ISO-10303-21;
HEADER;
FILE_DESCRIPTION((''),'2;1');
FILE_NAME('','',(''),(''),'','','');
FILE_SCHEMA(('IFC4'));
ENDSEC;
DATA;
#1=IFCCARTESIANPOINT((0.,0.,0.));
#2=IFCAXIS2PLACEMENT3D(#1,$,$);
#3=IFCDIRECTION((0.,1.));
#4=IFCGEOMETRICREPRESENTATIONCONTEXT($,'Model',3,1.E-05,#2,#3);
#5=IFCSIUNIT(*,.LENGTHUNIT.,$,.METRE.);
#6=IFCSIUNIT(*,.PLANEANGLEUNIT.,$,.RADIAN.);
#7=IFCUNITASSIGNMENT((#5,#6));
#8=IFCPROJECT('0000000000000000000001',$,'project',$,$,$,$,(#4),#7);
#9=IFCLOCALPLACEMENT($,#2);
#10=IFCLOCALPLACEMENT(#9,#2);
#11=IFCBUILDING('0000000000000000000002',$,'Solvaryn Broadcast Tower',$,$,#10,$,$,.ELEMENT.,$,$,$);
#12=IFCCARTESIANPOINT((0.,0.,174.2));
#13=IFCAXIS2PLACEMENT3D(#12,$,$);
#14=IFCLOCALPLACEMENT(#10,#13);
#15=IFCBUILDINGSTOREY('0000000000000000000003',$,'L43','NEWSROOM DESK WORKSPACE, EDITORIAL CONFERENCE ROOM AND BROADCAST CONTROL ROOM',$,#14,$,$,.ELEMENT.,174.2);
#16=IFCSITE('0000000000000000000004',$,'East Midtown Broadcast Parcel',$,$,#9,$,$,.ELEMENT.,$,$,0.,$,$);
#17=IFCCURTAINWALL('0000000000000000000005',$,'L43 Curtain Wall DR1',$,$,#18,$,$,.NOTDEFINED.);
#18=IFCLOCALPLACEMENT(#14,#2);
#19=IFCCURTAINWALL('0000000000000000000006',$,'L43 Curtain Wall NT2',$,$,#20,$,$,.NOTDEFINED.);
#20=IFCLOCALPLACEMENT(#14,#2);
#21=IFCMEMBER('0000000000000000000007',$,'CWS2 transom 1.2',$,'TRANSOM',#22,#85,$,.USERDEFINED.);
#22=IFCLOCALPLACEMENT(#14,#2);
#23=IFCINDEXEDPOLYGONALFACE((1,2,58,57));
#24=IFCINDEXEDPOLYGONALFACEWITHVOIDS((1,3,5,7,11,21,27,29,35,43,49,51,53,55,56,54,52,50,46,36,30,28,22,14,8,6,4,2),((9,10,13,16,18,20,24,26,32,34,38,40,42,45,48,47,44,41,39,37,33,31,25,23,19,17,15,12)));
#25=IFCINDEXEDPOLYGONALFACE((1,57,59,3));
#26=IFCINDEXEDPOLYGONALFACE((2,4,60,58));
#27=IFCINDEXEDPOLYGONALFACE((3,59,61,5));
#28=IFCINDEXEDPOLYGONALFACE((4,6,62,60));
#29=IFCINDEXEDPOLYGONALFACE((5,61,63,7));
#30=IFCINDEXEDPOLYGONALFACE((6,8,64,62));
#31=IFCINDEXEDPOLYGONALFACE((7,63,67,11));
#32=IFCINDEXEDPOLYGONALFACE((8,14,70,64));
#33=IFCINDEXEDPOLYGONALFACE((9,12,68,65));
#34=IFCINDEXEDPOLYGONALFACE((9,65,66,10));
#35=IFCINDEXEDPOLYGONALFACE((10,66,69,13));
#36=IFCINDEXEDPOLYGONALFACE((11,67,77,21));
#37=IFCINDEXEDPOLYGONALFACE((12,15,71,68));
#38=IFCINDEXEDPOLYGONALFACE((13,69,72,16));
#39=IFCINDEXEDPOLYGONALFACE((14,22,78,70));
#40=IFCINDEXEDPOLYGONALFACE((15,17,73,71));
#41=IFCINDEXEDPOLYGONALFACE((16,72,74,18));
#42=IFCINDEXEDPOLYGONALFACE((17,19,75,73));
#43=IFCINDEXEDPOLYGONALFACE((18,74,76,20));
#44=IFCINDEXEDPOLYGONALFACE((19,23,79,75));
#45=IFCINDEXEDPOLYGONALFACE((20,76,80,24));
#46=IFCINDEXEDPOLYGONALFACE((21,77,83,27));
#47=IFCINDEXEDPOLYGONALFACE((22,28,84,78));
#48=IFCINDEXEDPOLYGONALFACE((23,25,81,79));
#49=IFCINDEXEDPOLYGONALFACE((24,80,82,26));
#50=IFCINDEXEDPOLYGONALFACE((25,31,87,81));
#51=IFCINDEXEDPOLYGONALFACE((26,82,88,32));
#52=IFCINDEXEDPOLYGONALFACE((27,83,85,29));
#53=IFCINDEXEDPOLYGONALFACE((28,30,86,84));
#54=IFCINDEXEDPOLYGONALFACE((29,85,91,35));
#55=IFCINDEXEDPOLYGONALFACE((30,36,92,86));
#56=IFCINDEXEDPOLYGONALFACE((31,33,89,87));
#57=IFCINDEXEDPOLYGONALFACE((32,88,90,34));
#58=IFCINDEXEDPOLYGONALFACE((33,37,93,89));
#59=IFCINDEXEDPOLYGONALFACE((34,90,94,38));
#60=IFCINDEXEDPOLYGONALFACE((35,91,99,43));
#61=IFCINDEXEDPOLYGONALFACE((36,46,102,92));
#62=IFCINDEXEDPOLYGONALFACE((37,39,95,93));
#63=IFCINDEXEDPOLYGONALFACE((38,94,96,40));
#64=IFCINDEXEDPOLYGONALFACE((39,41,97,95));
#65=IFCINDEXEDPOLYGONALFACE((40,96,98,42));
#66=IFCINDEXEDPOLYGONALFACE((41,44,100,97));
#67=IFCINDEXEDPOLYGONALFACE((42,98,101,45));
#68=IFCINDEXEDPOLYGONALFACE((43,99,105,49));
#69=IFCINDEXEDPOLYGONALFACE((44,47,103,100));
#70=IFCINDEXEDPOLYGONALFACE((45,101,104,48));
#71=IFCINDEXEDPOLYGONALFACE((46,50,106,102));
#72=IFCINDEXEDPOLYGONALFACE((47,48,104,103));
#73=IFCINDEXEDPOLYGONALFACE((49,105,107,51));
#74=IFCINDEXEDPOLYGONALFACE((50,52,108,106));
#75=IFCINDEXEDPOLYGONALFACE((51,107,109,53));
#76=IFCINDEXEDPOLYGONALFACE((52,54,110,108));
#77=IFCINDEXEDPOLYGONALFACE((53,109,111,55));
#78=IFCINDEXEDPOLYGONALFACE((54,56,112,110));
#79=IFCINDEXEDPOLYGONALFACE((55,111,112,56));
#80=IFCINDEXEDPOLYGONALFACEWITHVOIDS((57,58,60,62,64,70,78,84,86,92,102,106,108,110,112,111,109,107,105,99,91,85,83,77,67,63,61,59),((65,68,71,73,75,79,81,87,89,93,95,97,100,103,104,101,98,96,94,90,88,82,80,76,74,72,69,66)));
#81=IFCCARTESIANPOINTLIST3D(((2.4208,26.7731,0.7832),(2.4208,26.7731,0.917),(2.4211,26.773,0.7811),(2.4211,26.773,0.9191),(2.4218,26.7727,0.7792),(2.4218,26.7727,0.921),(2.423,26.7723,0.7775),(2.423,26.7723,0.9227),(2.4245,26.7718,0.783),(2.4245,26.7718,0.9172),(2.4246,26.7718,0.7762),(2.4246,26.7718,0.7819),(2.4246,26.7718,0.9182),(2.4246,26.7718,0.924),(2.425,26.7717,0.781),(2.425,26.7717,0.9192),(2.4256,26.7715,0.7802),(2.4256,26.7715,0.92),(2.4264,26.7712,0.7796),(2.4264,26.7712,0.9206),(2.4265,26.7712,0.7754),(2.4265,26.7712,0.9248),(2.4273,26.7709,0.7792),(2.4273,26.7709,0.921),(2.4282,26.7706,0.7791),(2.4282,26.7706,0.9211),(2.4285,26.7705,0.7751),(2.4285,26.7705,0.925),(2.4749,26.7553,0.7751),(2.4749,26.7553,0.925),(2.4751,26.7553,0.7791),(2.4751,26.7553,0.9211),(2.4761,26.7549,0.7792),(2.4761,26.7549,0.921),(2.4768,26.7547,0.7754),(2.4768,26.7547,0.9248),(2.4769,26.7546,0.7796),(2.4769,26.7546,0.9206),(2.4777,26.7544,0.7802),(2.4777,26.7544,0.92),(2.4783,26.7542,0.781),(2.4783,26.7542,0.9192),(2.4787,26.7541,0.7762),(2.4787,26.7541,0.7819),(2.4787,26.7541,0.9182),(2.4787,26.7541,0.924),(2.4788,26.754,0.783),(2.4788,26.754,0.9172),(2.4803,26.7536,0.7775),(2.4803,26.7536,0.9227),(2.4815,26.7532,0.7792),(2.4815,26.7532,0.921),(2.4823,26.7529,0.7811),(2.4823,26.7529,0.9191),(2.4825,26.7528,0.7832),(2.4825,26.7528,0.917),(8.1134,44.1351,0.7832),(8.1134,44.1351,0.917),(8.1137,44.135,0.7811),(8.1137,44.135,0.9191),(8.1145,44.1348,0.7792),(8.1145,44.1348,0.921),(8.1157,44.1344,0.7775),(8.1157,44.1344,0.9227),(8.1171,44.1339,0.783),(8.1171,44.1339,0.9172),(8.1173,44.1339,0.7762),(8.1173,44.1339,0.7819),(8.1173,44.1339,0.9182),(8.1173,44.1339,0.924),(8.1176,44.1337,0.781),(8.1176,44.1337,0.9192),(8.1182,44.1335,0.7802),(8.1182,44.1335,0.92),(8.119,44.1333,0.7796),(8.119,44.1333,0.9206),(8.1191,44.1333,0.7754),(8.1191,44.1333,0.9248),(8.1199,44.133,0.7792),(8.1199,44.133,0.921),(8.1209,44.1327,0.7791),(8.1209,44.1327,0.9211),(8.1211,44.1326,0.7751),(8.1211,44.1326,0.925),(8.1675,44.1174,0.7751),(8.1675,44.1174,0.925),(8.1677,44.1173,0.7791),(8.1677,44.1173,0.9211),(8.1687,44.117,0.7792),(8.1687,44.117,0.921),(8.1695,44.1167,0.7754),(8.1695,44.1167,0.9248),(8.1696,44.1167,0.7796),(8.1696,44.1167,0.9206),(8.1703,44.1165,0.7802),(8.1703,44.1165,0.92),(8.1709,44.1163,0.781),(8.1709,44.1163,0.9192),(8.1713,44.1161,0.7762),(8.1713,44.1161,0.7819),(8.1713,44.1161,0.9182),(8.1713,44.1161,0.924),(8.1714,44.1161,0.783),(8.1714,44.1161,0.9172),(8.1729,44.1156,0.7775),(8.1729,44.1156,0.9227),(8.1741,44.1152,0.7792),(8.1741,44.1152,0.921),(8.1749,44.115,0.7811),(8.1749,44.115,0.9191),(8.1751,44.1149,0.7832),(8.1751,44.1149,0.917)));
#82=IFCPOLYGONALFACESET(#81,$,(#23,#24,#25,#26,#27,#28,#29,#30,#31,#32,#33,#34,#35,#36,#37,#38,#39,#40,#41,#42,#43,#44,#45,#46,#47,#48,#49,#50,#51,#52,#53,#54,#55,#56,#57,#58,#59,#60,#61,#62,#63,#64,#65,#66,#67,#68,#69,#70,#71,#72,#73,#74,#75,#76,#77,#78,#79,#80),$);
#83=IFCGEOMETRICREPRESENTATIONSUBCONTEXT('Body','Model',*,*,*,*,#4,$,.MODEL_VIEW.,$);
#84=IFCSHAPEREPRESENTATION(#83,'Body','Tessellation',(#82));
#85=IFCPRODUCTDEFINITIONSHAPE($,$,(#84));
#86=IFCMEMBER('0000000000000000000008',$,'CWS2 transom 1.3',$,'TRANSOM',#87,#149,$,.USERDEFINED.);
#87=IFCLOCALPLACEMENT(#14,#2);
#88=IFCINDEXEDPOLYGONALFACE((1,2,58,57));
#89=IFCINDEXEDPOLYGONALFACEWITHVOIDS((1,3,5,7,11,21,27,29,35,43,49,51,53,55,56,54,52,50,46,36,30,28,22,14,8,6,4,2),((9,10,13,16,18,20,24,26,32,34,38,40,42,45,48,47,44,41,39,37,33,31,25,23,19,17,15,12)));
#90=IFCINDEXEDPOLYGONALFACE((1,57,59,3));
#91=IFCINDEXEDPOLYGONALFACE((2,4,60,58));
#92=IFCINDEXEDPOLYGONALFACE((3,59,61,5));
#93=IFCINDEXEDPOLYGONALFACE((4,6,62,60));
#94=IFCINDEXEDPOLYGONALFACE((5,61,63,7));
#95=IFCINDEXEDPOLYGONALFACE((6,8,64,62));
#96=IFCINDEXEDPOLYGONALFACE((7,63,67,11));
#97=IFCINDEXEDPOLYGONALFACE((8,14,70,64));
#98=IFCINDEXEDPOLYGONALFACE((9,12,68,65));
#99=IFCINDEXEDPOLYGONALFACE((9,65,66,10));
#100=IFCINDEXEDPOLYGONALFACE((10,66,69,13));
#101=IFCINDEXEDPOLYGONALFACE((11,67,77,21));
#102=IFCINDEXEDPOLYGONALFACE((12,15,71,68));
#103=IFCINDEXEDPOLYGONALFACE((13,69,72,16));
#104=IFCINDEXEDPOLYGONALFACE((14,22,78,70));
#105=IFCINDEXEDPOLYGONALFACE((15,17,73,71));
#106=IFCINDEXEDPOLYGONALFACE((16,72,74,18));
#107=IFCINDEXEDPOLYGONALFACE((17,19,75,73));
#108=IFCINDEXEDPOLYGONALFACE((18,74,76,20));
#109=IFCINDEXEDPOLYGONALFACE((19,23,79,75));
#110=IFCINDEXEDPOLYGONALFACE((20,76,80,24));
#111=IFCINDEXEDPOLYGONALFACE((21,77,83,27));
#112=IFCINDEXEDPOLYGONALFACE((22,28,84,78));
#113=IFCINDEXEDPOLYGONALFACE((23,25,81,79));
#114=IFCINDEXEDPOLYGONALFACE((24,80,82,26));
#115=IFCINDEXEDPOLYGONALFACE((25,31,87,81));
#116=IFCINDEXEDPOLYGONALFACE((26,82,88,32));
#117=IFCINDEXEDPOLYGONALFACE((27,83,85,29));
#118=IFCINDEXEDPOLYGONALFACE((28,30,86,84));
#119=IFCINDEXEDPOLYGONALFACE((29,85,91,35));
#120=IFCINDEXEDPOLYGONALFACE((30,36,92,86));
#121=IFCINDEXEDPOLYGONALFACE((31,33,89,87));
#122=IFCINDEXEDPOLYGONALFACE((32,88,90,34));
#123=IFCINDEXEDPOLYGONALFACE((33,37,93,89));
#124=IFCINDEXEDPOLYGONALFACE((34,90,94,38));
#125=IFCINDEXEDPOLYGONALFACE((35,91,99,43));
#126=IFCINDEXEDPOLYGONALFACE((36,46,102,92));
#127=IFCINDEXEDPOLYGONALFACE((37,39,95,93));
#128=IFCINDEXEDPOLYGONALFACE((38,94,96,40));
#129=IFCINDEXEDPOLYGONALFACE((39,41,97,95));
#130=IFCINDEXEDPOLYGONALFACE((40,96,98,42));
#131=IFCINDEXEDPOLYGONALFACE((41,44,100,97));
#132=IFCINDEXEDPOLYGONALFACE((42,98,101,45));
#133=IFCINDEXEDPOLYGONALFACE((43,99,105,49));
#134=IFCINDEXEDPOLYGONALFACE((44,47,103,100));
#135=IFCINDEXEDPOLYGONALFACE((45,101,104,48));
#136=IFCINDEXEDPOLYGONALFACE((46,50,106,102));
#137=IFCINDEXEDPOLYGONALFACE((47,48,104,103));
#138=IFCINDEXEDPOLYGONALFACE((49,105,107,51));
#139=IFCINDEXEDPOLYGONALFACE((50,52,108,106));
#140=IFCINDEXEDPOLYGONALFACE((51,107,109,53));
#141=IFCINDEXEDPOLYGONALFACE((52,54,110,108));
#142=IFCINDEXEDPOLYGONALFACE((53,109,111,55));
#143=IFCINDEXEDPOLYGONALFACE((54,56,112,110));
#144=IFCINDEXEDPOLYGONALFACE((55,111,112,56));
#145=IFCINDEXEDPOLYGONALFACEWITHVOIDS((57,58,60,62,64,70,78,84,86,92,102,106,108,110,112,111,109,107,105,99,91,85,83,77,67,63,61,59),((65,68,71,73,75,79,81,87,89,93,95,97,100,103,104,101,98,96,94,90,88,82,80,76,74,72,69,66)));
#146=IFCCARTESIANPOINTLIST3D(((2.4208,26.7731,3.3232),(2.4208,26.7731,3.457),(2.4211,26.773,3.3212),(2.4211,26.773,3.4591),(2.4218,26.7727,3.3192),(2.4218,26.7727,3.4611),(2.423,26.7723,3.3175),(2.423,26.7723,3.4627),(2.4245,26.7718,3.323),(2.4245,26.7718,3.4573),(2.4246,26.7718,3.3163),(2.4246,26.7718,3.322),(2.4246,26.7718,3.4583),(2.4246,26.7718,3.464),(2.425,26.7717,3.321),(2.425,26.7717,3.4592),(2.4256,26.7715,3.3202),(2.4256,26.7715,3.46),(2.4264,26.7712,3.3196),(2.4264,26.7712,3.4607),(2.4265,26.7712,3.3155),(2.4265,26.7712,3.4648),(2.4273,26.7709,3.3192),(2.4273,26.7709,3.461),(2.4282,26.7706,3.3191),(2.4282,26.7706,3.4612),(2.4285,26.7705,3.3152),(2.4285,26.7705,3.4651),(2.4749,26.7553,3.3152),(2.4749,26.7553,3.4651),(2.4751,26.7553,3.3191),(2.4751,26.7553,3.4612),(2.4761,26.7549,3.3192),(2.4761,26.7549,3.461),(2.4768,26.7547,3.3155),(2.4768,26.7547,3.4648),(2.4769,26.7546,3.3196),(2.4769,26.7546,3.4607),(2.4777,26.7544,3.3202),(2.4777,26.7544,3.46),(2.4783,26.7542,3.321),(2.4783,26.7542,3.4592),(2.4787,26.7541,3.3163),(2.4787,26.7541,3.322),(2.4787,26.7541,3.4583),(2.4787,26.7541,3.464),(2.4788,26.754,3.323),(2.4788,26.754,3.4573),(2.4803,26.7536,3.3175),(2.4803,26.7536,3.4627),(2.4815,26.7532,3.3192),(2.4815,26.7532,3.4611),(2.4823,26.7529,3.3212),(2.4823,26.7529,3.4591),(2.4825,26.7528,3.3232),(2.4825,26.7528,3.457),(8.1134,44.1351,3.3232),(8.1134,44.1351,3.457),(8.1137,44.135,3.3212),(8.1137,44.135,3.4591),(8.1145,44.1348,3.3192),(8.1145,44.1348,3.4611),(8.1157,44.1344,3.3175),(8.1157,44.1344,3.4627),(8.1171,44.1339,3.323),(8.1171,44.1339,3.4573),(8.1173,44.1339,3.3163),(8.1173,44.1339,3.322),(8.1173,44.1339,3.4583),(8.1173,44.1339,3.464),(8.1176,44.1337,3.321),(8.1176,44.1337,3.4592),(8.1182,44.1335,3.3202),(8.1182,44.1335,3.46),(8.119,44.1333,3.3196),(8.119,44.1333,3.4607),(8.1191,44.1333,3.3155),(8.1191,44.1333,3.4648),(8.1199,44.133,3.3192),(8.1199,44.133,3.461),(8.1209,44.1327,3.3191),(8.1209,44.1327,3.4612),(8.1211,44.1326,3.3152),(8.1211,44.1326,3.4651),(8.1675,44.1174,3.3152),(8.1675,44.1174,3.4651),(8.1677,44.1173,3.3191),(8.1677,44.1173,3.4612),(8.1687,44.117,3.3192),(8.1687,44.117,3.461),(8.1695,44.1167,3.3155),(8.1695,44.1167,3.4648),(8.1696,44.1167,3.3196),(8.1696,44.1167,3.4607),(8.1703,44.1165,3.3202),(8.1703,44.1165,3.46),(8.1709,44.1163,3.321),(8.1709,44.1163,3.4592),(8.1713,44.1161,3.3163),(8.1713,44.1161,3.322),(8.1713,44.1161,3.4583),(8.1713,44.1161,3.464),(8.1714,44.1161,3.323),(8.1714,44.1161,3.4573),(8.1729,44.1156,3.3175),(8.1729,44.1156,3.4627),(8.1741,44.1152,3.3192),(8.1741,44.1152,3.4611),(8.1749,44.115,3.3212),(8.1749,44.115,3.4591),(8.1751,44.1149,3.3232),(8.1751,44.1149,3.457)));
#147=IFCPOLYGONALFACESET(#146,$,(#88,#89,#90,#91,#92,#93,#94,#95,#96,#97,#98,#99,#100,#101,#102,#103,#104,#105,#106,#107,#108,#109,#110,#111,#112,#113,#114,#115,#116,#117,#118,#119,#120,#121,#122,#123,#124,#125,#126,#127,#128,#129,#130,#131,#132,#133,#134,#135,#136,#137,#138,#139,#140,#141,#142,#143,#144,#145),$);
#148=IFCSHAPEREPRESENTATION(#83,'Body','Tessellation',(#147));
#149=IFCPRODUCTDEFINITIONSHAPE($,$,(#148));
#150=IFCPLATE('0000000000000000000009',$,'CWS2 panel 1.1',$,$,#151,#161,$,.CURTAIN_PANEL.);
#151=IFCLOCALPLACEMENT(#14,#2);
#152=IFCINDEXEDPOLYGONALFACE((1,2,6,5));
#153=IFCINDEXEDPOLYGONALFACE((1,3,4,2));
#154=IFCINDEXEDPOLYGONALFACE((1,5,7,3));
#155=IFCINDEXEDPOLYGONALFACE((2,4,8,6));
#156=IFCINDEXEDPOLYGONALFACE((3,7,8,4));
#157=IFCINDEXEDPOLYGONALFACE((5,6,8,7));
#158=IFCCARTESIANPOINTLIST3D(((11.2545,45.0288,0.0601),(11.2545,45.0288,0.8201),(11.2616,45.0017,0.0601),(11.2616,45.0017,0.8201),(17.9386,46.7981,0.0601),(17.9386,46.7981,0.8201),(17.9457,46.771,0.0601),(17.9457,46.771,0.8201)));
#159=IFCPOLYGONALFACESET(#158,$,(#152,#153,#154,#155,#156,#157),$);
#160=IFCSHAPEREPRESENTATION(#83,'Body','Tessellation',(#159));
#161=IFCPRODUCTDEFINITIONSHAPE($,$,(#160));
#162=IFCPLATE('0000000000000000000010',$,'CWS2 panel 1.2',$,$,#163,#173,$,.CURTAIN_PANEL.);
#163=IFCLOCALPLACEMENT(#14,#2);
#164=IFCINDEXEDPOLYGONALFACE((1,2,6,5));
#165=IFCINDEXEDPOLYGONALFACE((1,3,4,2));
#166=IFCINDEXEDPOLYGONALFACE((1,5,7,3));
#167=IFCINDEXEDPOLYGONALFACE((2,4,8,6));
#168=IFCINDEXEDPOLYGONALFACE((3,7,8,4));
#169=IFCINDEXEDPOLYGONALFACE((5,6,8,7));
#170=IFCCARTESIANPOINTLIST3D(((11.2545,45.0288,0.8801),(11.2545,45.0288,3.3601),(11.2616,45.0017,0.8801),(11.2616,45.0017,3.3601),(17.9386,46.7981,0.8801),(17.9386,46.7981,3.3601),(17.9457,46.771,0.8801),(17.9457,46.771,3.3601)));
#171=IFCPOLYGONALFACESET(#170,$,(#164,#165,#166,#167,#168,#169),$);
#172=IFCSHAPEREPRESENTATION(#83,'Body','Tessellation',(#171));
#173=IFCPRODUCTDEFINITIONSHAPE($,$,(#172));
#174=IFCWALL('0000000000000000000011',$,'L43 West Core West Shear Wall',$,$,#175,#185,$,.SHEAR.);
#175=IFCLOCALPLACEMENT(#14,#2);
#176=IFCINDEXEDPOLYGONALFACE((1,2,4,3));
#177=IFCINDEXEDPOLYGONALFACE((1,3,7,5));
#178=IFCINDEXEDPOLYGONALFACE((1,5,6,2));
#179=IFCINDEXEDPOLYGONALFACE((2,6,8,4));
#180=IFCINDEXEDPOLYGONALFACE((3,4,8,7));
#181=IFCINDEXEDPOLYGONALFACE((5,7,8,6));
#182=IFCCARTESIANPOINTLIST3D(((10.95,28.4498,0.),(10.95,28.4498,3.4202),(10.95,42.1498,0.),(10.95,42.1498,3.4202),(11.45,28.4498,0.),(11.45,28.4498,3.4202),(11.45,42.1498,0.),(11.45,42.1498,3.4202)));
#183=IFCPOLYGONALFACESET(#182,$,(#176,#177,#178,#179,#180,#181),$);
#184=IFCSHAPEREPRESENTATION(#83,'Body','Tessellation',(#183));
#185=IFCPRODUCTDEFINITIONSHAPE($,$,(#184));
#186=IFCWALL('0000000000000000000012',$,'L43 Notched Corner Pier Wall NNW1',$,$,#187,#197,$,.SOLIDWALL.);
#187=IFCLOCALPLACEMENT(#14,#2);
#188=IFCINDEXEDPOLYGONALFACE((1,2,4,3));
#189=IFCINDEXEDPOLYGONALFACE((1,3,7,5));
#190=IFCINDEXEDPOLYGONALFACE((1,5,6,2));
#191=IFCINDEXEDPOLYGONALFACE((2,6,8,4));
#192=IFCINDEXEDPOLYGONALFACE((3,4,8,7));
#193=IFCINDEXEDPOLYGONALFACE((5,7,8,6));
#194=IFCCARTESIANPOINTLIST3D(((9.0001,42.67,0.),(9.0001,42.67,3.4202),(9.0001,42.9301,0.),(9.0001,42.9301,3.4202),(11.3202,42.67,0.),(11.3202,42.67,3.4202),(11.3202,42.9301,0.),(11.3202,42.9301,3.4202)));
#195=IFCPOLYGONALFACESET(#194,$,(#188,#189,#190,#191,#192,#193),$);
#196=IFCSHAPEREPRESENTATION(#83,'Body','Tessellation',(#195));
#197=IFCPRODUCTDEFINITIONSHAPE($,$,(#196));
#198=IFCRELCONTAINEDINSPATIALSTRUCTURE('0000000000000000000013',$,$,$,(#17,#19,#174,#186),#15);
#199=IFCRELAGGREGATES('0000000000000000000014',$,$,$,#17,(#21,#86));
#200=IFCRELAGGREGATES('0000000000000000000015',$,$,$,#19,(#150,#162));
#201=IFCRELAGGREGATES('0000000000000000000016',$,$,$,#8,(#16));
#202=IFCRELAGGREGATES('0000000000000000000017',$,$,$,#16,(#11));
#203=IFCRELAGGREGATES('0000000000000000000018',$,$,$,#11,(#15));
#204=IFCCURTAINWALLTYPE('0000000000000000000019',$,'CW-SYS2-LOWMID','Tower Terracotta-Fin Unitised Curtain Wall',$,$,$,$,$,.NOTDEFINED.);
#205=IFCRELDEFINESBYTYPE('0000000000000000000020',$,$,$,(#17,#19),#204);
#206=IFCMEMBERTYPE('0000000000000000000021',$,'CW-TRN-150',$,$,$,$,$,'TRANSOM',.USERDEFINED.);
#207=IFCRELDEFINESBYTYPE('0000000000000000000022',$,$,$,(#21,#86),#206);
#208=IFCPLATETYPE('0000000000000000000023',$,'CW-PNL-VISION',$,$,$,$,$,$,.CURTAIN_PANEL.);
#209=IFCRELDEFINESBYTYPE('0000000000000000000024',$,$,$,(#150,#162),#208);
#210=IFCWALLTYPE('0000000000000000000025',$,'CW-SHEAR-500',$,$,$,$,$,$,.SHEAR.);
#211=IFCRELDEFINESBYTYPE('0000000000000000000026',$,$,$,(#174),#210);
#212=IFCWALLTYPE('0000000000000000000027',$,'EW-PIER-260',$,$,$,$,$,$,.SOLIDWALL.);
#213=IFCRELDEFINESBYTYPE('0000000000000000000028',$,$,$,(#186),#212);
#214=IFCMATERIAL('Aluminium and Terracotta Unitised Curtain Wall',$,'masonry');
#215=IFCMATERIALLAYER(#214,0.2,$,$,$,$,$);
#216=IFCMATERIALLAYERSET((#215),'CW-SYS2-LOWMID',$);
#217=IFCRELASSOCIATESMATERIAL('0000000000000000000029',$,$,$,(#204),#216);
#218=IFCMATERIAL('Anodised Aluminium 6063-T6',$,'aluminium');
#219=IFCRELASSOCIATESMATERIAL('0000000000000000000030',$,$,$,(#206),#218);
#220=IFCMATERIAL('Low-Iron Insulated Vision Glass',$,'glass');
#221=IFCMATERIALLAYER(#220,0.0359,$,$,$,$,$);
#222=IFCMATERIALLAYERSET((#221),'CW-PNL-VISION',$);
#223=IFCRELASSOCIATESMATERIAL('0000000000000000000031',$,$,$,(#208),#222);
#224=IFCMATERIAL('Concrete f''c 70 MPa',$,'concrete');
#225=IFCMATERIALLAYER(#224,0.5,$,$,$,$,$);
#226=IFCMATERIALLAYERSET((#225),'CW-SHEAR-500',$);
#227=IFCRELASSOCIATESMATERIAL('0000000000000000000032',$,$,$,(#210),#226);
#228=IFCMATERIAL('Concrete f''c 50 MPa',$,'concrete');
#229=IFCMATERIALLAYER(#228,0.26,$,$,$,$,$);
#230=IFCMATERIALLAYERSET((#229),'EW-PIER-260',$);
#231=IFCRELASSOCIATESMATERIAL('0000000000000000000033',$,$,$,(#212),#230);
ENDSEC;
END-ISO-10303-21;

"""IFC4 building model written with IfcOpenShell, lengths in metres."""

from ifc_helpers import new_model, si_unit, direction, frame, frame_2d, origin, origin_2d, place, context, subcontext, project, spatial, rectangle, hollow_rectangle, extrude, material, layer, layer_set, material_profile, profile_set, type_object, element, aggregate, save


model = new_model("IFC4")

# Units and contexts
model_context = context("Model", 3, precision=1e-05, world=origin(), true_north=direction((0.0, 1.0)))
body_context = subcontext(model_context, "Body", "Model", "MODEL_VIEW")
ifc_project = project(units=[si_unit("LENGTHUNIT", "METRE"), si_unit("PLANEANGLEUNIT", "RADIAN")], contexts=[model_context])

# Site, building, storey
site_placement = place(None, origin())
site = spatial("IfcSite", under=ifc_project, at=site_placement, Name="East Midtown Broadcast Parcel", CompositionType="ELEMENT", RefElevation=0.0)
building_placement = place(site_placement, origin())
building = spatial("IfcBuilding", under=site, at=building_placement, Name="Solvaryn Broadcast Tower", CompositionType="ELEMENT")
storey_placement = place(building_placement, frame((0.0, 0.0, 174.2)))
storey = spatial("IfcBuildingStorey", under=building, at=storey_placement, Name="L43", Description="NEWSROOM DESK WORKSPACE, EDITORIAL CONFERENCE ROOM AND BROADCAST CONTROL ROOM", CompositionType="ELEMENT", Elevation=174.2)

# Curtain walls
ifc_material_1 = material(Name="Aluminium and Terracotta Unitised Curtain Wall", Category="masonry")
ifc_layer_1 = layer(ifc_material_1, 0.2)
ifc_layer_set_1 = layer_set([ifc_layer_1], Name="CW-SYS2-LOWMID")
curtain_wall_type = type_object("IfcCurtainWallType", Name="CW-SYS2-LOWMID", Description="Tower Terracotta-Fin Unitised Curtain Wall", PredefinedType="NOTDEFINED", material=ifc_layer_set_1)
curtain_wall_1_placement = place(storey_placement, origin())
curtain_wall_1 = element("IfcCurtainWall", 1, at=curtain_wall_1_placement, inside=storey, type_object=curtain_wall_type, Name="L43 Curtain Wall DR1", PredefinedType="NOTDEFINED")
curtain_wall_2_placement = place(storey_placement, origin())
curtain_wall_2 = element("IfcCurtainWall", 2, at=curtain_wall_2_placement, inside=storey, type_object=curtain_wall_type, Name="L43 Curtain Wall NT2", PredefinedType="NOTDEFINED")

# Members
ifc_material_2 = material(Name="Anodised Aluminium 6063-T6", Category="aluminium")
ifc_material_profile_1 = material_profile(ifc_material_2, hollow_rectangle(XDim=0.0649, YDim=0.1499, WallThickness=0.0039, InnerFilletRadius=0.0039, OuterFilletRadius=0.0081, at=origin_2d()))
ifc_profile_set_1 = profile_set([ifc_material_profile_1], Name="Anodised Aluminium 6063-T6")
member_type_1 = type_object("IfcMemberType", Name="CW-TRN-150", ElementType="TRANSOM", PredefinedType="USERDEFINED", material=ifc_profile_set_1)
member_1_placement = place(storey_placement, frame((8.1443, 44.125, 0.8501), z_axis=(-0.311558, -0.950227, 0.0), x_axis=(0.950227, -0.311558, 0.0)))
member_1 = element("IfcMember", 3, at=member_1_placement, type_object=member_type_1, Name="CWS2 transom 1.2", ObjectType="TRANSOM", PredefinedType="USERDEFINED", context=body_context, shape_type="SweptSolid", body=[
    extrude(hollow_rectangle(XDim=0.0649, YDim=0.1499, WallThickness=0.0039, InnerFilletRadius=0.0039, OuterFilletRadius=0.0081, at=origin_2d()), origin(), (0.0, 0.0, 1.0), 18.2715),
])
member_2_placement = place(storey_placement, frame((8.1443, 44.125, 3.3901), z_axis=(-0.311558, -0.950227, 0.0), x_axis=(0.950227, -0.311558, 0.0)))
member_2 = element("IfcMember", 4, at=member_2_placement, type_object=member_type_1, Name="CWS2 transom 1.3", ObjectType="TRANSOM", PredefinedType="USERDEFINED", context=body_context, shape_type="SweptSolid", body=[
    extrude(hollow_rectangle(XDim=0.0649, YDim=0.1499, WallThickness=0.0039, InnerFilletRadius=0.0039, OuterFilletRadius=0.0081, at=origin_2d()), origin(), (0.0, 0.0, 1.0), 18.2715),
])
aggregate(curtain_wall_1, [member_1, member_2])

# Plates
ifc_material_3 = material(Name="Low-Iron Insulated Vision Glass", Category="glass")
ifc_layer_2 = layer(ifc_material_3, 0.0359)
ifc_layer_set_2 = layer_set([ifc_layer_2], Name="CW-PNL-VISION")
plate_type = type_object("IfcPlateType", Name="CW-PNL-VISION", PredefinedType="CURTAIN_PANEL", material=ifc_layer_set_2)
plate_1_placement = place(storey_placement, frame((14.6001, 45.8999, 0.0601), z_axis=(0.0, 0.0, 1.0), x_axis=(-0.966705, -0.255893, 0.0)))
plate_1 = element("IfcPlate", 5, at=plate_1_placement, type_object=plate_type, Name="CWS2 panel 1.1", PredefinedType="CURTAIN_PANEL", context=body_context, shape_type="SweptSolid", body=[
    extrude(rectangle(XDim=6.9143, YDim=0.0281, at=origin_2d()), origin(), (0.0, 0.0, 1.0), 0.76),
])
plate_2_placement = place(storey_placement, frame((14.6001, 45.8999, 0.8801), z_axis=(0.0, 0.0, 1.0), x_axis=(-0.966705, -0.255893, 0.0)))
plate_2 = element("IfcPlate", 6, at=plate_2_placement, type_object=plate_type, Name="CWS2 panel 1.2", PredefinedType="CURTAIN_PANEL", context=body_context, shape_type="SweptSolid", body=[
    extrude(rectangle(XDim=6.9143, YDim=0.0281, at=origin_2d()), origin(), (0.0, 0.0, 1.0), 2.48),
])
aggregate(curtain_wall_2, [plate_1, plate_2])

# Walls
ifc_material_4 = material(Name="Concrete f'c 70 MPa", Category="concrete")
ifc_layer_3 = layer(ifc_material_4, 0.5)
ifc_layer_set_3 = layer_set([ifc_layer_3], Name="CW-SHEAR-500")
wall_type_1 = type_object("IfcWallType", Name="CW-SHEAR-500", PredefinedType="SHEAR", material=ifc_layer_set_3)
wall_1_placement = place(storey_placement, frame((11.2, 42.1499, 0.0), z_axis=(0.0, 0.0, 1.0), x_axis=(0.0, -1.0, 0.0)))
element("IfcWall", 7, at=wall_1_placement, inside=storey, type_object=wall_type_1, Name="L43 West Core West Shear Wall", PredefinedType="SHEAR", context=body_context, shape_type="SweptSolid", body=[
    extrude(rectangle(XDim=13.7, YDim=0.5, at=frame_2d((6.8501, 0.0))), origin(), (0.0, 0.0, 1.0), 3.4202),
])
ifc_material_5 = material(Name="Concrete f'c 50 MPa", Category="concrete")
ifc_layer_4 = layer(ifc_material_5, 0.26)
ifc_layer_set_4 = layer_set([ifc_layer_4], Name="EW-PIER-260")
wall_type_2 = type_object("IfcWallType", Name="EW-PIER-260", PredefinedType="SOLIDWALL", material=ifc_layer_set_4)
wall_2_placement = place(storey_placement, frame((9.0, 42.8, 0.0), z_axis=(0.0, 0.0, 1.0), x_axis=(1.0, 0.0, 0.0)))
element("IfcWall", 8, at=wall_2_placement, inside=storey, type_object=wall_type_2, Name="L43 Notched Corner Pier Wall NNW1", PredefinedType="SOLIDWALL", context=body_context, shape_type="SweptSolid", body=[
    extrude(rectangle(XDim=2.3201, YDim=0.26, at=frame_2d((1.1602, 0.0))), origin(), (0.0, 0.0, 1.0), 3.4202),
])

save(model, "model.ifc")
